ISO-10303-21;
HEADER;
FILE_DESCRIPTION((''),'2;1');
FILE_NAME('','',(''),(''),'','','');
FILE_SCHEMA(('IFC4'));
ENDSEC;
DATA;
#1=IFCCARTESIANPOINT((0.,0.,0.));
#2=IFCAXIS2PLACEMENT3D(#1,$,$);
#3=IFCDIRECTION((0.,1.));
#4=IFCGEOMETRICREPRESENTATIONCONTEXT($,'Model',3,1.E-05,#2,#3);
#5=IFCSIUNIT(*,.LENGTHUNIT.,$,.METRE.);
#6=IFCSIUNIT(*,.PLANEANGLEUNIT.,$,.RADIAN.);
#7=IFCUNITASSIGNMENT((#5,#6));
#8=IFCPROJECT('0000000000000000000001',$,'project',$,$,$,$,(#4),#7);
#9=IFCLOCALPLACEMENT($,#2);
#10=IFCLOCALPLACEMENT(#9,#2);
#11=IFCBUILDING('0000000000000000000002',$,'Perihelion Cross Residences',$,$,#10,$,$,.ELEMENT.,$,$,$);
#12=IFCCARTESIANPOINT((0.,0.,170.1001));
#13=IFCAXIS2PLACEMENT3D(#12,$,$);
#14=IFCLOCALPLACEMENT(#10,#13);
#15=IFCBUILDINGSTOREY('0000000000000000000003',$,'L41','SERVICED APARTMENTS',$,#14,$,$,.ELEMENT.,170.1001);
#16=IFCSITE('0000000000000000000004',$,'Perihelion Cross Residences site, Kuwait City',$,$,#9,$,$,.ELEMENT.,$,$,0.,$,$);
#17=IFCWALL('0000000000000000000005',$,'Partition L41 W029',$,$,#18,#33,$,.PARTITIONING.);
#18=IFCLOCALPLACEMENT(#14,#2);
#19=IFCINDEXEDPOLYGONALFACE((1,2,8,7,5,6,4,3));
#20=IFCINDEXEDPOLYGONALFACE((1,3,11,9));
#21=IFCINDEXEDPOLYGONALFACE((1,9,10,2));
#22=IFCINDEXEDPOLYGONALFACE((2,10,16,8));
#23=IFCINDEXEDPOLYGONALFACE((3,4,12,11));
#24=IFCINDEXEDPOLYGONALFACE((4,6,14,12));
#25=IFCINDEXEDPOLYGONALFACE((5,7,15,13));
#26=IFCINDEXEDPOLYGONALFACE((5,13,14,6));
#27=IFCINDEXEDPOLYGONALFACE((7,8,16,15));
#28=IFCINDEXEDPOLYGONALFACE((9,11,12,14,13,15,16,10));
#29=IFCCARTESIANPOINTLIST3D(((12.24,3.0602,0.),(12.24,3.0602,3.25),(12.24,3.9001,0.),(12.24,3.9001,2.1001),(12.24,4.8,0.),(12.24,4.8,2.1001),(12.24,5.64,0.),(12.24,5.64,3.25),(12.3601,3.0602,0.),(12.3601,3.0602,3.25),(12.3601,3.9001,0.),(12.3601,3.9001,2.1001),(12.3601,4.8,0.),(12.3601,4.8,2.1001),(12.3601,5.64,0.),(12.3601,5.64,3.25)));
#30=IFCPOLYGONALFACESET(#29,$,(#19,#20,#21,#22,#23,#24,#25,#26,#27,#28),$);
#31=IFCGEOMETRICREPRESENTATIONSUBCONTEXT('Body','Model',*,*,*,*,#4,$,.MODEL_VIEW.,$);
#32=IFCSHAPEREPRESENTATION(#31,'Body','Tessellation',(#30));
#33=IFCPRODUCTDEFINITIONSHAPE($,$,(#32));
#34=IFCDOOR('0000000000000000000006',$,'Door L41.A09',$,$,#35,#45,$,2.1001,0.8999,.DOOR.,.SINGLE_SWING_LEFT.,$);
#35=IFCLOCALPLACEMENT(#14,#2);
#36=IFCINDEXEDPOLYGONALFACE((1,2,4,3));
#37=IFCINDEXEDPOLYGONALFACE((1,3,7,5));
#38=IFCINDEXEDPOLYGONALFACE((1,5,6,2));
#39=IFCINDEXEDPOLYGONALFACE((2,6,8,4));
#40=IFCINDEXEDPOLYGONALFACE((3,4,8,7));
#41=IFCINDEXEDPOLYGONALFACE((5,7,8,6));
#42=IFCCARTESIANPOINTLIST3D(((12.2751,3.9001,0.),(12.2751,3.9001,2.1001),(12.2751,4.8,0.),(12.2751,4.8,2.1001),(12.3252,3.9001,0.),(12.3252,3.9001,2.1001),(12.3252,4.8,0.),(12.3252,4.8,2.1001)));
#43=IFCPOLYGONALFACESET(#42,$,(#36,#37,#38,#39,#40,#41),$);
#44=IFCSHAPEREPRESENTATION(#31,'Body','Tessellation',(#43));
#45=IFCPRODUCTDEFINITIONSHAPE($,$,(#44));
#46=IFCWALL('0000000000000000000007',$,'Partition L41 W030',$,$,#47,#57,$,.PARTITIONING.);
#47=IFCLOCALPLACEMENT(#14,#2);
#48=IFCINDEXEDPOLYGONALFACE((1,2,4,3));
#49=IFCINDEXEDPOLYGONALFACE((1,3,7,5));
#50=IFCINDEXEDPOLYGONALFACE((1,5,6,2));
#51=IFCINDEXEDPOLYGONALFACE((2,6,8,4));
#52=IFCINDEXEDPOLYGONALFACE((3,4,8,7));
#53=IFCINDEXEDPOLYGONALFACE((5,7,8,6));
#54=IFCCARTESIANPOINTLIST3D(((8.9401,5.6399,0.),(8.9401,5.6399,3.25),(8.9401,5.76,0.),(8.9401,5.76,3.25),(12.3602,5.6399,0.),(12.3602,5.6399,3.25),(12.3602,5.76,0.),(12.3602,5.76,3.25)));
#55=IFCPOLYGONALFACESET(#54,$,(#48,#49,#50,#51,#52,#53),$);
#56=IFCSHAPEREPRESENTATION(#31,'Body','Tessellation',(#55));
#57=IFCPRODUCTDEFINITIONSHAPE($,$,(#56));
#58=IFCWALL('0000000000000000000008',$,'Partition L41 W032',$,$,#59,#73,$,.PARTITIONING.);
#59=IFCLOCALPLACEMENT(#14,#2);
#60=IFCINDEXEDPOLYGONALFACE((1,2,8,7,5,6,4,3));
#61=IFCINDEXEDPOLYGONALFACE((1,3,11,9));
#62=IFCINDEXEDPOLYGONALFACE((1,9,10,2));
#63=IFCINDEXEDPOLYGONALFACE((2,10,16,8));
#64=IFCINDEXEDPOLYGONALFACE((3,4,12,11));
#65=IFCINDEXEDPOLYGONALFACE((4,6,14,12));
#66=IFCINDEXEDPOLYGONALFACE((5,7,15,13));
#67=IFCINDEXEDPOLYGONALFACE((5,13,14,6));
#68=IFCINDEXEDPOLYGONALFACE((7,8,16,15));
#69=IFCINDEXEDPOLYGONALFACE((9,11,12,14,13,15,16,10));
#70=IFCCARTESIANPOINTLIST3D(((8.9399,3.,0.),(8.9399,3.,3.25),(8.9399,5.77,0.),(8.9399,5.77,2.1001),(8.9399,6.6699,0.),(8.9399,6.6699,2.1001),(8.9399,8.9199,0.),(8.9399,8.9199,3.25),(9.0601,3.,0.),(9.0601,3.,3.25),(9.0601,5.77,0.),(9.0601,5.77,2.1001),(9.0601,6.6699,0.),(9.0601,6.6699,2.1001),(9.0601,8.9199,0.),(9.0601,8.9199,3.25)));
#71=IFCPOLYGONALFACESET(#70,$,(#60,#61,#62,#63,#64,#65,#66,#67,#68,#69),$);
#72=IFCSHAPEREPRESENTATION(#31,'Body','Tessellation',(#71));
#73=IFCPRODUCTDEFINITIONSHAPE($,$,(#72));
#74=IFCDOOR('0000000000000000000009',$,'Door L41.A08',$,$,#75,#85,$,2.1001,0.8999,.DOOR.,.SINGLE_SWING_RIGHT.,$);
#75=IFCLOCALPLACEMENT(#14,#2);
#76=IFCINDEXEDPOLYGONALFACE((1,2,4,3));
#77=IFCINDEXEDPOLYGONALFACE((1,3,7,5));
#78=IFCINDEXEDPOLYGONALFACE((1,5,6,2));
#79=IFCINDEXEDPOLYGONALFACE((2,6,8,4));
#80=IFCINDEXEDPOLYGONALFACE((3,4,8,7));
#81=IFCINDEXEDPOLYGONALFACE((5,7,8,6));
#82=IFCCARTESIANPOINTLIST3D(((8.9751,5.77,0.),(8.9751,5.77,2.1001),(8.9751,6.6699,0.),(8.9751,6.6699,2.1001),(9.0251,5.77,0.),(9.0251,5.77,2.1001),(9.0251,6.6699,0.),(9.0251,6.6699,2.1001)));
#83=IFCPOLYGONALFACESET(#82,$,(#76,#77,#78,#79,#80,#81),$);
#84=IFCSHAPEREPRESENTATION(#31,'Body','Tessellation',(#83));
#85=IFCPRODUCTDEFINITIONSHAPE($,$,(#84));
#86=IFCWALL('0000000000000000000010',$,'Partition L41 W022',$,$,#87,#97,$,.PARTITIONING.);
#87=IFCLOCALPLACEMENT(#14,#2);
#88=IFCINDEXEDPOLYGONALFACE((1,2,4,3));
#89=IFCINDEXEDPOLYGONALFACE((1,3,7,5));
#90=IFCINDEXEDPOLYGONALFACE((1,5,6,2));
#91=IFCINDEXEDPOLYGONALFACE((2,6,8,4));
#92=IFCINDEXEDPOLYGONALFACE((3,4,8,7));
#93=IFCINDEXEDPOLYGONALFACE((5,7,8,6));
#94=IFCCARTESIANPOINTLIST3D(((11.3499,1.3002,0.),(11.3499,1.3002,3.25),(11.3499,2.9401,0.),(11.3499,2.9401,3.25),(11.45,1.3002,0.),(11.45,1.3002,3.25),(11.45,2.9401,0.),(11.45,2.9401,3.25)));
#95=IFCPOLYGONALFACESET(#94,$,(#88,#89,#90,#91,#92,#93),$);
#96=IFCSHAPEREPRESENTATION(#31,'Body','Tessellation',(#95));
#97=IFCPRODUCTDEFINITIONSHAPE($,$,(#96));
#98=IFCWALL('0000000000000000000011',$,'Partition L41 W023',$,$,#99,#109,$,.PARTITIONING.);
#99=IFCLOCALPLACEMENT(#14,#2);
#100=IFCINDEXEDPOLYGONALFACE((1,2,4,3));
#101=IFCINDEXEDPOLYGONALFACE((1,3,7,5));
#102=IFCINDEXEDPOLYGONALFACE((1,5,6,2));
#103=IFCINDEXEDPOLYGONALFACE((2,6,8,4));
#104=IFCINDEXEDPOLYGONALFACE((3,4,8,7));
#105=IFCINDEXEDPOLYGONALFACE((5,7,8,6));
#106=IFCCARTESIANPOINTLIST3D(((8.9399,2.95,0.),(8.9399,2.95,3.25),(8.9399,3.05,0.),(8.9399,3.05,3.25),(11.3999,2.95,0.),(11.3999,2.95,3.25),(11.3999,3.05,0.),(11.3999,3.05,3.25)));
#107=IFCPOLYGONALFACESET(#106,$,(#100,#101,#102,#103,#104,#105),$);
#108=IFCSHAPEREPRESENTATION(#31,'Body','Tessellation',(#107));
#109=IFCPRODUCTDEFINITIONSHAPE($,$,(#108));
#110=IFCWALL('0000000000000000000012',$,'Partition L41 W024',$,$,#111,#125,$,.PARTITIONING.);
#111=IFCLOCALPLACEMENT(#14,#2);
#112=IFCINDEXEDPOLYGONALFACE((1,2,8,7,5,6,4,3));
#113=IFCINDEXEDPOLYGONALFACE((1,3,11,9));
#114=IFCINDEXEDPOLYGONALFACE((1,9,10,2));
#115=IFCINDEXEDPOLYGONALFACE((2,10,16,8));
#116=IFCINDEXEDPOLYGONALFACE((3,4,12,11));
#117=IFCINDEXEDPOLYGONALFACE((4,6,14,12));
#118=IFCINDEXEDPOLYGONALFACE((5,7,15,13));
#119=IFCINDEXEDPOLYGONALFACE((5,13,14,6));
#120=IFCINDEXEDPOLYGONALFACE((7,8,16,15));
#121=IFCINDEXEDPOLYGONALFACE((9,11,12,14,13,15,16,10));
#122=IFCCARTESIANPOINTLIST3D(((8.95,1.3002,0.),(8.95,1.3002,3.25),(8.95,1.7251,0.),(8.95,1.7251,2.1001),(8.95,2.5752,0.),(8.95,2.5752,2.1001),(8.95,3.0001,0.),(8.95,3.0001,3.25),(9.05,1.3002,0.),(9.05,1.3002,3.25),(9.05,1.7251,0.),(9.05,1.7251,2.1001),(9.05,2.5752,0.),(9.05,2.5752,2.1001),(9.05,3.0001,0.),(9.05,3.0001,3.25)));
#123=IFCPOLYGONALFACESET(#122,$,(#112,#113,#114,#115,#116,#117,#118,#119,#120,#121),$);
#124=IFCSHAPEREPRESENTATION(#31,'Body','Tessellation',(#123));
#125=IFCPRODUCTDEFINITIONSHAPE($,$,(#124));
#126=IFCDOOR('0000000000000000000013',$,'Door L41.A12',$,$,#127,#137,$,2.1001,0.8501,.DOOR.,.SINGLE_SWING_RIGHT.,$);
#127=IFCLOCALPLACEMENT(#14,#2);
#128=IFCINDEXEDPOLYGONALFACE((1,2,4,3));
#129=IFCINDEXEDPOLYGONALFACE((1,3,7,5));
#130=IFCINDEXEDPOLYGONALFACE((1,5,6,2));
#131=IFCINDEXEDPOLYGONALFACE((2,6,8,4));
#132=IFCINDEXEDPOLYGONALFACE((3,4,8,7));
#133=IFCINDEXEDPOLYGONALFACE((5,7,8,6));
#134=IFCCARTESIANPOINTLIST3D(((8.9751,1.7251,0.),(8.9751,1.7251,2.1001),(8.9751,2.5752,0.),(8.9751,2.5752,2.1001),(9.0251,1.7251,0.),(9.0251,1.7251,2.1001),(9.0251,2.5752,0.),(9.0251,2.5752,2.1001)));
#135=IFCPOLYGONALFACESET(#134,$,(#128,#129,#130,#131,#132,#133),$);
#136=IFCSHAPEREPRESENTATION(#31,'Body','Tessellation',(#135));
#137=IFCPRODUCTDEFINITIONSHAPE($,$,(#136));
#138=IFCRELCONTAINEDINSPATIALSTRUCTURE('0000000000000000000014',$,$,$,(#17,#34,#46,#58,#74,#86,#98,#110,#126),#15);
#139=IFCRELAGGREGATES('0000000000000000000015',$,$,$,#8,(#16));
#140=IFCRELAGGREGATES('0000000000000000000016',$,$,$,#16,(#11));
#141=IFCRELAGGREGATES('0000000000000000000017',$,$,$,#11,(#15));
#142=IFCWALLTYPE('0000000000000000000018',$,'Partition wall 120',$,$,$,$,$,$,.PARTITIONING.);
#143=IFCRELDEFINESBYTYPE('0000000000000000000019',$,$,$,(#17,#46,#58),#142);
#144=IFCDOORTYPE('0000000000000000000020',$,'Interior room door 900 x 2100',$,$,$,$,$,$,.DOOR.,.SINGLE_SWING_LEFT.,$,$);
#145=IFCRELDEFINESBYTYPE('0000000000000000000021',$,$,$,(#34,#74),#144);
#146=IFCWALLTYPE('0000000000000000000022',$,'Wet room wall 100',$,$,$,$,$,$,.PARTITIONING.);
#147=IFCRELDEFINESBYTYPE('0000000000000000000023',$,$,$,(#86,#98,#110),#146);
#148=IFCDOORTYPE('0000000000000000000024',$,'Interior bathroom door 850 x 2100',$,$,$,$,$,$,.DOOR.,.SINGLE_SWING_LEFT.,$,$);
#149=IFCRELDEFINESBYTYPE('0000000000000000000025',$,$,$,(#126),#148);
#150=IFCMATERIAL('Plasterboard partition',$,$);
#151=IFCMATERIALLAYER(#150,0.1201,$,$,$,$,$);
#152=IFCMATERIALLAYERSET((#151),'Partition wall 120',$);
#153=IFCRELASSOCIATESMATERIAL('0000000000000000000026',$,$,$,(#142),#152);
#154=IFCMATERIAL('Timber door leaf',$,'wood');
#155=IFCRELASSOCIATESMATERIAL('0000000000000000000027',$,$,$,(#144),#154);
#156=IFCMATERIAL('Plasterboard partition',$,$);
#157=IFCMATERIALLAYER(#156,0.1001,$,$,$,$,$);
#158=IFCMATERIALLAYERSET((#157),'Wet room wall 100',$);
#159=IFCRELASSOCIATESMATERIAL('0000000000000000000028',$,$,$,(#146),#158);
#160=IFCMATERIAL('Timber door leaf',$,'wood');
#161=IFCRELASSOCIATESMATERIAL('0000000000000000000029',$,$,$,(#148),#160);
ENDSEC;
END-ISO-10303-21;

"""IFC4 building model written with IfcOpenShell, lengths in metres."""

from ifc_helpers import new_model, si_unit, direction, frame, frame_2d, origin, place, context, subcontext, project, spatial, rectangle, extrude, material, layer, layer_set, type_object, element, fill, save


model = new_model("IFC4")

# Units and contexts
model_context = context("Model", 3, precision=1e-05, world=origin(), true_north=direction((0.0, 1.0)))
body_context = subcontext(model_context, "Body", "Model", "MODEL_VIEW")
ifc_project = project(units=[si_unit("LENGTHUNIT", "METRE"), si_unit("PLANEANGLEUNIT", "RADIAN")], contexts=[model_context])

# Site, building, storey
site_placement = place(None, origin())
site = spatial("IfcSite", under=ifc_project, at=site_placement, Name="Perihelion Cross Residences site, Kuwait City", CompositionType="ELEMENT", RefElevation=0.0)
building_placement = place(site_placement, origin())
building = spatial("IfcBuilding", under=site, at=building_placement, Name="Perihelion Cross Residences", CompositionType="ELEMENT")
storey_placement = place(building_placement, frame((0.0, 0.0, 170.1001)))
storey = spatial("IfcBuildingStorey", under=building, at=storey_placement, Name="L41", Description="SERVICED APARTMENTS", CompositionType="ELEMENT", Elevation=170.1001)

# Wall, opening, door
ifc_material_1 = material(Name="Plasterboard partition")
ifc_layer_1 = layer(ifc_material_1, 0.1201)
ifc_layer_set_1 = layer_set([ifc_layer_1], Name="Partition wall 120")
wall_type_1 = type_object("IfcWallType", Name="Partition wall 120", PredefinedType="PARTITIONING", material=ifc_layer_set_1)
ifc_material_2 = material(Name="Timber door leaf", Category="wood")
door_type_1 = type_object("IfcDoorType", Name="Interior room door 900 x 2100", OperationType="SINGLE_SWING_LEFT", PredefinedType="DOOR", material=ifc_material_2)
wall_1_placement = place(storey_placement, frame((12.3, 3.0601, 0.0), z_axis=(0.0, 0.0, 1.0), x_axis=(0.0, 1.0, 0.0)))
wall_1 = element("IfcWall", 1, at=wall_1_placement, inside=storey, type_object=wall_type_1, Name="Partition L41 W029", PredefinedType="PARTITIONING", context=body_context, shape_type="SweptSolid", body=[
    extrude(rectangle(XDim=2.5798, YDim=0.1201, at=frame_2d((1.29, 0.0))), origin(), (0.0, 0.0, 1.0), 3.25),
])
opening_1_placement = place(wall_1_placement, frame((0.8401, 0.0, 0.0)))
opening_1 = element("IfcOpeningElement", 2, at=opening_1_placement, cuts=wall_1, PredefinedType="OPENING", context=body_context, shape_type="SweptSolid", body=[
    extrude(rectangle(XDim=0.8999, YDim=2.1001, at=frame_2d((0.45, 1.05))), frame((0.0, 0.0701, 0.0), z_axis=(0.0, -1.0, 0.0), x_axis=(1.0, 0.0, 0.0)), (0.0, 0.0, 1.0), 0.1401),
])
door_1_placement = place(opening_1_placement, origin())
door_1 = element("IfcDoor", 3, at=door_1_placement, inside=storey, type_object=door_type_1, Name="Door L41.A09", OperationType="SINGLE_SWING_LEFT", OverallHeight=2.1001, OverallWidth=0.8999, PredefinedType="DOOR", context=body_context, shape_type="SweptSolid", body=[
    extrude(rectangle(XDim=0.8999, YDim=2.1001, at=frame_2d((0.45, 1.05))), frame((0.0, 0.0249, 0.0), z_axis=(0.0, -1.0, 0.0), x_axis=(1.0, 0.0, 0.0)), (0.0, 0.0, 1.0), 0.05),
])
fill(opening_1, door_1)

# Wall
wall_2_placement = place(storey_placement, frame((12.3601, 5.7, 0.0), z_axis=(0.0, 0.0, 1.0), x_axis=(-1.0, 0.0, 0.0)))
element("IfcWall", 4, at=wall_2_placement, inside=storey, type_object=wall_type_1, Name="Partition L41 W030", PredefinedType="PARTITIONING", context=body_context, shape_type="SweptSolid", body=[
    extrude(rectangle(XDim=3.4202, YDim=0.1201, at=frame_2d((1.71, 0.0))), origin(), (0.0, 0.0, 1.0), 3.25),
])

# Wall, opening, door
wall_3_placement = place(storey_placement, frame((9.0, 3.0, 0.0), z_axis=(0.0, 0.0, 1.0), x_axis=(0.0, 1.0, 0.0)))
wall_3 = element("IfcWall", 5, at=wall_3_placement, inside=storey, type_object=wall_type_1, Name="Partition L41 W032", PredefinedType="PARTITIONING", context=body_context, shape_type="SweptSolid", body=[
    extrude(rectangle(XDim=5.9199, YDim=0.1201, at=frame_2d((2.96, 0.0))), origin(), (0.0, 0.0, 1.0), 3.25),
])
opening_2_placement = place(wall_3_placement, frame((2.77, 0.0, 0.0)))
opening_2 = element("IfcOpeningElement", 6, at=opening_2_placement, cuts=wall_3, PredefinedType="OPENING", context=body_context, shape_type="SweptSolid", body=[
    extrude(rectangle(XDim=0.8999, YDim=2.1001, at=frame_2d((0.45, 1.05))), frame((0.0, 0.0701, 0.0), z_axis=(0.0, -1.0, 0.0), x_axis=(1.0, 0.0, 0.0)), (0.0, 0.0, 1.0), 0.1401),
])
door_2_placement = place(opening_2_placement, origin())
door_2 = element("IfcDoor", 7, at=door_2_placement, inside=storey, type_object=door_type_1, Name="Door L41.A08", OperationType="SINGLE_SWING_RIGHT", OverallHeight=2.1001, OverallWidth=0.8999, PredefinedType="DOOR", context=body_context, shape_type="SweptSolid", body=[
    extrude(rectangle(XDim=0.8999, YDim=2.1001, at=frame_2d((0.45, 1.05))), frame((0.0, 0.0249, 0.0), z_axis=(0.0, -1.0, 0.0), x_axis=(1.0, 0.0, 0.0)), (0.0, 0.0, 1.0), 0.05),
])
fill(opening_2, door_2)

# Walls
ifc_material_3 = material(Name="Plasterboard partition")
ifc_layer_2 = layer(ifc_material_3, 0.1001)
ifc_layer_set_2 = layer_set([ifc_layer_2], Name="Wet room wall 100")
wall_type_2 = type_object("IfcWallType", Name="Wet room wall 100", PredefinedType="PARTITIONING", material=ifc_layer_set_2)
wall_4_placement = place(storey_placement, frame((11.3999, 2.9399, 0.0), z_axis=(0.0, 0.0, 1.0), x_axis=(0.0, -1.0, 0.0)))
element("IfcWall", 8, at=wall_4_placement, inside=storey, type_object=wall_type_2, Name="Partition L41 W022", PredefinedType="PARTITIONING", context=body_context, shape_type="SweptSolid", body=[
    extrude(rectangle(XDim=1.6399, YDim=0.1001, at=frame_2d((0.8198, 0.0))), origin(), (0.0, 0.0, 1.0), 3.25),
])
wall_5_placement = place(storey_placement, frame((8.9399, 3.0, 0.0), z_axis=(0.0, 0.0, 1.0), x_axis=(1.0, 0.0, 0.0)))
element("IfcWall", 9, at=wall_5_placement, inside=storey, type_object=wall_type_2, Name="Partition L41 W023", PredefinedType="PARTITIONING", context=body_context, shape_type="SweptSolid", body=[
    extrude(rectangle(XDim=2.46, YDim=0.1001, at=frame_2d((1.23, 0.0))), origin(), (0.0, 0.0, 1.0), 3.25),
])

# Wall, opening, door
wall_6_placement = place(storey_placement, frame((9.0, 1.3, 0.0), z_axis=(0.0, 0.0, 1.0), x_axis=(0.0, 1.0, 0.0)))
wall_6 = element("IfcWall", 10, at=wall_6_placement, inside=storey, type_object=wall_type_2, Name="Partition L41 W024", PredefinedType="PARTITIONING", context=body_context, shape_type="SweptSolid", body=[
    extrude(rectangle(XDim=1.7, YDim=0.1001, at=frame_2d((0.8501, 0.0))), origin(), (0.0, 0.0, 1.0), 3.25),
])
opening_3_placement = place(wall_6_placement, frame((0.425, 0.0, 0.0)))
opening_3 = element("IfcOpeningElement", 11, at=opening_3_placement, cuts=wall_6, PredefinedType="OPENING", context=body_context, shape_type="SweptSolid", body=[
    extrude(rectangle(XDim=0.8501, YDim=2.1001, at=frame_2d((0.425, 1.05))), frame((0.0, 0.0601, 0.0), z_axis=(0.0, -1.0, 0.0), x_axis=(1.0, 0.0, 0.0)), (0.0, 0.0, 1.0), 0.1201),
])
ifc_material_4 = material(Name="Timber door leaf", Category="wood")
door_type_2 = type_object("IfcDoorType", Name="Interior bathroom door 850 x 2100", OperationType="SINGLE_SWING_LEFT", PredefinedType="DOOR", material=ifc_material_4)
door_3_placement = place(opening_3_placement, origin())
door_3 = element("IfcDoor", 12, at=door_3_placement, inside=storey, type_object=door_type_2, Name="Door L41.A12", OperationType="SINGLE_SWING_RIGHT", OverallHeight=2.1001, OverallWidth=0.8501, PredefinedType="DOOR", context=body_context, shape_type="SweptSolid", body=[
    extrude(rectangle(XDim=0.8501, YDim=2.1001, at=frame_2d((0.425, 1.05))), frame((0.0, 0.0249, 0.0), z_axis=(0.0, -1.0, 0.0), x_axis=(1.0, 0.0, 0.0)), (0.0, 0.0, 1.0), 0.05),
])
fill(opening_3, door_3)

save(model, "model.ifc")
